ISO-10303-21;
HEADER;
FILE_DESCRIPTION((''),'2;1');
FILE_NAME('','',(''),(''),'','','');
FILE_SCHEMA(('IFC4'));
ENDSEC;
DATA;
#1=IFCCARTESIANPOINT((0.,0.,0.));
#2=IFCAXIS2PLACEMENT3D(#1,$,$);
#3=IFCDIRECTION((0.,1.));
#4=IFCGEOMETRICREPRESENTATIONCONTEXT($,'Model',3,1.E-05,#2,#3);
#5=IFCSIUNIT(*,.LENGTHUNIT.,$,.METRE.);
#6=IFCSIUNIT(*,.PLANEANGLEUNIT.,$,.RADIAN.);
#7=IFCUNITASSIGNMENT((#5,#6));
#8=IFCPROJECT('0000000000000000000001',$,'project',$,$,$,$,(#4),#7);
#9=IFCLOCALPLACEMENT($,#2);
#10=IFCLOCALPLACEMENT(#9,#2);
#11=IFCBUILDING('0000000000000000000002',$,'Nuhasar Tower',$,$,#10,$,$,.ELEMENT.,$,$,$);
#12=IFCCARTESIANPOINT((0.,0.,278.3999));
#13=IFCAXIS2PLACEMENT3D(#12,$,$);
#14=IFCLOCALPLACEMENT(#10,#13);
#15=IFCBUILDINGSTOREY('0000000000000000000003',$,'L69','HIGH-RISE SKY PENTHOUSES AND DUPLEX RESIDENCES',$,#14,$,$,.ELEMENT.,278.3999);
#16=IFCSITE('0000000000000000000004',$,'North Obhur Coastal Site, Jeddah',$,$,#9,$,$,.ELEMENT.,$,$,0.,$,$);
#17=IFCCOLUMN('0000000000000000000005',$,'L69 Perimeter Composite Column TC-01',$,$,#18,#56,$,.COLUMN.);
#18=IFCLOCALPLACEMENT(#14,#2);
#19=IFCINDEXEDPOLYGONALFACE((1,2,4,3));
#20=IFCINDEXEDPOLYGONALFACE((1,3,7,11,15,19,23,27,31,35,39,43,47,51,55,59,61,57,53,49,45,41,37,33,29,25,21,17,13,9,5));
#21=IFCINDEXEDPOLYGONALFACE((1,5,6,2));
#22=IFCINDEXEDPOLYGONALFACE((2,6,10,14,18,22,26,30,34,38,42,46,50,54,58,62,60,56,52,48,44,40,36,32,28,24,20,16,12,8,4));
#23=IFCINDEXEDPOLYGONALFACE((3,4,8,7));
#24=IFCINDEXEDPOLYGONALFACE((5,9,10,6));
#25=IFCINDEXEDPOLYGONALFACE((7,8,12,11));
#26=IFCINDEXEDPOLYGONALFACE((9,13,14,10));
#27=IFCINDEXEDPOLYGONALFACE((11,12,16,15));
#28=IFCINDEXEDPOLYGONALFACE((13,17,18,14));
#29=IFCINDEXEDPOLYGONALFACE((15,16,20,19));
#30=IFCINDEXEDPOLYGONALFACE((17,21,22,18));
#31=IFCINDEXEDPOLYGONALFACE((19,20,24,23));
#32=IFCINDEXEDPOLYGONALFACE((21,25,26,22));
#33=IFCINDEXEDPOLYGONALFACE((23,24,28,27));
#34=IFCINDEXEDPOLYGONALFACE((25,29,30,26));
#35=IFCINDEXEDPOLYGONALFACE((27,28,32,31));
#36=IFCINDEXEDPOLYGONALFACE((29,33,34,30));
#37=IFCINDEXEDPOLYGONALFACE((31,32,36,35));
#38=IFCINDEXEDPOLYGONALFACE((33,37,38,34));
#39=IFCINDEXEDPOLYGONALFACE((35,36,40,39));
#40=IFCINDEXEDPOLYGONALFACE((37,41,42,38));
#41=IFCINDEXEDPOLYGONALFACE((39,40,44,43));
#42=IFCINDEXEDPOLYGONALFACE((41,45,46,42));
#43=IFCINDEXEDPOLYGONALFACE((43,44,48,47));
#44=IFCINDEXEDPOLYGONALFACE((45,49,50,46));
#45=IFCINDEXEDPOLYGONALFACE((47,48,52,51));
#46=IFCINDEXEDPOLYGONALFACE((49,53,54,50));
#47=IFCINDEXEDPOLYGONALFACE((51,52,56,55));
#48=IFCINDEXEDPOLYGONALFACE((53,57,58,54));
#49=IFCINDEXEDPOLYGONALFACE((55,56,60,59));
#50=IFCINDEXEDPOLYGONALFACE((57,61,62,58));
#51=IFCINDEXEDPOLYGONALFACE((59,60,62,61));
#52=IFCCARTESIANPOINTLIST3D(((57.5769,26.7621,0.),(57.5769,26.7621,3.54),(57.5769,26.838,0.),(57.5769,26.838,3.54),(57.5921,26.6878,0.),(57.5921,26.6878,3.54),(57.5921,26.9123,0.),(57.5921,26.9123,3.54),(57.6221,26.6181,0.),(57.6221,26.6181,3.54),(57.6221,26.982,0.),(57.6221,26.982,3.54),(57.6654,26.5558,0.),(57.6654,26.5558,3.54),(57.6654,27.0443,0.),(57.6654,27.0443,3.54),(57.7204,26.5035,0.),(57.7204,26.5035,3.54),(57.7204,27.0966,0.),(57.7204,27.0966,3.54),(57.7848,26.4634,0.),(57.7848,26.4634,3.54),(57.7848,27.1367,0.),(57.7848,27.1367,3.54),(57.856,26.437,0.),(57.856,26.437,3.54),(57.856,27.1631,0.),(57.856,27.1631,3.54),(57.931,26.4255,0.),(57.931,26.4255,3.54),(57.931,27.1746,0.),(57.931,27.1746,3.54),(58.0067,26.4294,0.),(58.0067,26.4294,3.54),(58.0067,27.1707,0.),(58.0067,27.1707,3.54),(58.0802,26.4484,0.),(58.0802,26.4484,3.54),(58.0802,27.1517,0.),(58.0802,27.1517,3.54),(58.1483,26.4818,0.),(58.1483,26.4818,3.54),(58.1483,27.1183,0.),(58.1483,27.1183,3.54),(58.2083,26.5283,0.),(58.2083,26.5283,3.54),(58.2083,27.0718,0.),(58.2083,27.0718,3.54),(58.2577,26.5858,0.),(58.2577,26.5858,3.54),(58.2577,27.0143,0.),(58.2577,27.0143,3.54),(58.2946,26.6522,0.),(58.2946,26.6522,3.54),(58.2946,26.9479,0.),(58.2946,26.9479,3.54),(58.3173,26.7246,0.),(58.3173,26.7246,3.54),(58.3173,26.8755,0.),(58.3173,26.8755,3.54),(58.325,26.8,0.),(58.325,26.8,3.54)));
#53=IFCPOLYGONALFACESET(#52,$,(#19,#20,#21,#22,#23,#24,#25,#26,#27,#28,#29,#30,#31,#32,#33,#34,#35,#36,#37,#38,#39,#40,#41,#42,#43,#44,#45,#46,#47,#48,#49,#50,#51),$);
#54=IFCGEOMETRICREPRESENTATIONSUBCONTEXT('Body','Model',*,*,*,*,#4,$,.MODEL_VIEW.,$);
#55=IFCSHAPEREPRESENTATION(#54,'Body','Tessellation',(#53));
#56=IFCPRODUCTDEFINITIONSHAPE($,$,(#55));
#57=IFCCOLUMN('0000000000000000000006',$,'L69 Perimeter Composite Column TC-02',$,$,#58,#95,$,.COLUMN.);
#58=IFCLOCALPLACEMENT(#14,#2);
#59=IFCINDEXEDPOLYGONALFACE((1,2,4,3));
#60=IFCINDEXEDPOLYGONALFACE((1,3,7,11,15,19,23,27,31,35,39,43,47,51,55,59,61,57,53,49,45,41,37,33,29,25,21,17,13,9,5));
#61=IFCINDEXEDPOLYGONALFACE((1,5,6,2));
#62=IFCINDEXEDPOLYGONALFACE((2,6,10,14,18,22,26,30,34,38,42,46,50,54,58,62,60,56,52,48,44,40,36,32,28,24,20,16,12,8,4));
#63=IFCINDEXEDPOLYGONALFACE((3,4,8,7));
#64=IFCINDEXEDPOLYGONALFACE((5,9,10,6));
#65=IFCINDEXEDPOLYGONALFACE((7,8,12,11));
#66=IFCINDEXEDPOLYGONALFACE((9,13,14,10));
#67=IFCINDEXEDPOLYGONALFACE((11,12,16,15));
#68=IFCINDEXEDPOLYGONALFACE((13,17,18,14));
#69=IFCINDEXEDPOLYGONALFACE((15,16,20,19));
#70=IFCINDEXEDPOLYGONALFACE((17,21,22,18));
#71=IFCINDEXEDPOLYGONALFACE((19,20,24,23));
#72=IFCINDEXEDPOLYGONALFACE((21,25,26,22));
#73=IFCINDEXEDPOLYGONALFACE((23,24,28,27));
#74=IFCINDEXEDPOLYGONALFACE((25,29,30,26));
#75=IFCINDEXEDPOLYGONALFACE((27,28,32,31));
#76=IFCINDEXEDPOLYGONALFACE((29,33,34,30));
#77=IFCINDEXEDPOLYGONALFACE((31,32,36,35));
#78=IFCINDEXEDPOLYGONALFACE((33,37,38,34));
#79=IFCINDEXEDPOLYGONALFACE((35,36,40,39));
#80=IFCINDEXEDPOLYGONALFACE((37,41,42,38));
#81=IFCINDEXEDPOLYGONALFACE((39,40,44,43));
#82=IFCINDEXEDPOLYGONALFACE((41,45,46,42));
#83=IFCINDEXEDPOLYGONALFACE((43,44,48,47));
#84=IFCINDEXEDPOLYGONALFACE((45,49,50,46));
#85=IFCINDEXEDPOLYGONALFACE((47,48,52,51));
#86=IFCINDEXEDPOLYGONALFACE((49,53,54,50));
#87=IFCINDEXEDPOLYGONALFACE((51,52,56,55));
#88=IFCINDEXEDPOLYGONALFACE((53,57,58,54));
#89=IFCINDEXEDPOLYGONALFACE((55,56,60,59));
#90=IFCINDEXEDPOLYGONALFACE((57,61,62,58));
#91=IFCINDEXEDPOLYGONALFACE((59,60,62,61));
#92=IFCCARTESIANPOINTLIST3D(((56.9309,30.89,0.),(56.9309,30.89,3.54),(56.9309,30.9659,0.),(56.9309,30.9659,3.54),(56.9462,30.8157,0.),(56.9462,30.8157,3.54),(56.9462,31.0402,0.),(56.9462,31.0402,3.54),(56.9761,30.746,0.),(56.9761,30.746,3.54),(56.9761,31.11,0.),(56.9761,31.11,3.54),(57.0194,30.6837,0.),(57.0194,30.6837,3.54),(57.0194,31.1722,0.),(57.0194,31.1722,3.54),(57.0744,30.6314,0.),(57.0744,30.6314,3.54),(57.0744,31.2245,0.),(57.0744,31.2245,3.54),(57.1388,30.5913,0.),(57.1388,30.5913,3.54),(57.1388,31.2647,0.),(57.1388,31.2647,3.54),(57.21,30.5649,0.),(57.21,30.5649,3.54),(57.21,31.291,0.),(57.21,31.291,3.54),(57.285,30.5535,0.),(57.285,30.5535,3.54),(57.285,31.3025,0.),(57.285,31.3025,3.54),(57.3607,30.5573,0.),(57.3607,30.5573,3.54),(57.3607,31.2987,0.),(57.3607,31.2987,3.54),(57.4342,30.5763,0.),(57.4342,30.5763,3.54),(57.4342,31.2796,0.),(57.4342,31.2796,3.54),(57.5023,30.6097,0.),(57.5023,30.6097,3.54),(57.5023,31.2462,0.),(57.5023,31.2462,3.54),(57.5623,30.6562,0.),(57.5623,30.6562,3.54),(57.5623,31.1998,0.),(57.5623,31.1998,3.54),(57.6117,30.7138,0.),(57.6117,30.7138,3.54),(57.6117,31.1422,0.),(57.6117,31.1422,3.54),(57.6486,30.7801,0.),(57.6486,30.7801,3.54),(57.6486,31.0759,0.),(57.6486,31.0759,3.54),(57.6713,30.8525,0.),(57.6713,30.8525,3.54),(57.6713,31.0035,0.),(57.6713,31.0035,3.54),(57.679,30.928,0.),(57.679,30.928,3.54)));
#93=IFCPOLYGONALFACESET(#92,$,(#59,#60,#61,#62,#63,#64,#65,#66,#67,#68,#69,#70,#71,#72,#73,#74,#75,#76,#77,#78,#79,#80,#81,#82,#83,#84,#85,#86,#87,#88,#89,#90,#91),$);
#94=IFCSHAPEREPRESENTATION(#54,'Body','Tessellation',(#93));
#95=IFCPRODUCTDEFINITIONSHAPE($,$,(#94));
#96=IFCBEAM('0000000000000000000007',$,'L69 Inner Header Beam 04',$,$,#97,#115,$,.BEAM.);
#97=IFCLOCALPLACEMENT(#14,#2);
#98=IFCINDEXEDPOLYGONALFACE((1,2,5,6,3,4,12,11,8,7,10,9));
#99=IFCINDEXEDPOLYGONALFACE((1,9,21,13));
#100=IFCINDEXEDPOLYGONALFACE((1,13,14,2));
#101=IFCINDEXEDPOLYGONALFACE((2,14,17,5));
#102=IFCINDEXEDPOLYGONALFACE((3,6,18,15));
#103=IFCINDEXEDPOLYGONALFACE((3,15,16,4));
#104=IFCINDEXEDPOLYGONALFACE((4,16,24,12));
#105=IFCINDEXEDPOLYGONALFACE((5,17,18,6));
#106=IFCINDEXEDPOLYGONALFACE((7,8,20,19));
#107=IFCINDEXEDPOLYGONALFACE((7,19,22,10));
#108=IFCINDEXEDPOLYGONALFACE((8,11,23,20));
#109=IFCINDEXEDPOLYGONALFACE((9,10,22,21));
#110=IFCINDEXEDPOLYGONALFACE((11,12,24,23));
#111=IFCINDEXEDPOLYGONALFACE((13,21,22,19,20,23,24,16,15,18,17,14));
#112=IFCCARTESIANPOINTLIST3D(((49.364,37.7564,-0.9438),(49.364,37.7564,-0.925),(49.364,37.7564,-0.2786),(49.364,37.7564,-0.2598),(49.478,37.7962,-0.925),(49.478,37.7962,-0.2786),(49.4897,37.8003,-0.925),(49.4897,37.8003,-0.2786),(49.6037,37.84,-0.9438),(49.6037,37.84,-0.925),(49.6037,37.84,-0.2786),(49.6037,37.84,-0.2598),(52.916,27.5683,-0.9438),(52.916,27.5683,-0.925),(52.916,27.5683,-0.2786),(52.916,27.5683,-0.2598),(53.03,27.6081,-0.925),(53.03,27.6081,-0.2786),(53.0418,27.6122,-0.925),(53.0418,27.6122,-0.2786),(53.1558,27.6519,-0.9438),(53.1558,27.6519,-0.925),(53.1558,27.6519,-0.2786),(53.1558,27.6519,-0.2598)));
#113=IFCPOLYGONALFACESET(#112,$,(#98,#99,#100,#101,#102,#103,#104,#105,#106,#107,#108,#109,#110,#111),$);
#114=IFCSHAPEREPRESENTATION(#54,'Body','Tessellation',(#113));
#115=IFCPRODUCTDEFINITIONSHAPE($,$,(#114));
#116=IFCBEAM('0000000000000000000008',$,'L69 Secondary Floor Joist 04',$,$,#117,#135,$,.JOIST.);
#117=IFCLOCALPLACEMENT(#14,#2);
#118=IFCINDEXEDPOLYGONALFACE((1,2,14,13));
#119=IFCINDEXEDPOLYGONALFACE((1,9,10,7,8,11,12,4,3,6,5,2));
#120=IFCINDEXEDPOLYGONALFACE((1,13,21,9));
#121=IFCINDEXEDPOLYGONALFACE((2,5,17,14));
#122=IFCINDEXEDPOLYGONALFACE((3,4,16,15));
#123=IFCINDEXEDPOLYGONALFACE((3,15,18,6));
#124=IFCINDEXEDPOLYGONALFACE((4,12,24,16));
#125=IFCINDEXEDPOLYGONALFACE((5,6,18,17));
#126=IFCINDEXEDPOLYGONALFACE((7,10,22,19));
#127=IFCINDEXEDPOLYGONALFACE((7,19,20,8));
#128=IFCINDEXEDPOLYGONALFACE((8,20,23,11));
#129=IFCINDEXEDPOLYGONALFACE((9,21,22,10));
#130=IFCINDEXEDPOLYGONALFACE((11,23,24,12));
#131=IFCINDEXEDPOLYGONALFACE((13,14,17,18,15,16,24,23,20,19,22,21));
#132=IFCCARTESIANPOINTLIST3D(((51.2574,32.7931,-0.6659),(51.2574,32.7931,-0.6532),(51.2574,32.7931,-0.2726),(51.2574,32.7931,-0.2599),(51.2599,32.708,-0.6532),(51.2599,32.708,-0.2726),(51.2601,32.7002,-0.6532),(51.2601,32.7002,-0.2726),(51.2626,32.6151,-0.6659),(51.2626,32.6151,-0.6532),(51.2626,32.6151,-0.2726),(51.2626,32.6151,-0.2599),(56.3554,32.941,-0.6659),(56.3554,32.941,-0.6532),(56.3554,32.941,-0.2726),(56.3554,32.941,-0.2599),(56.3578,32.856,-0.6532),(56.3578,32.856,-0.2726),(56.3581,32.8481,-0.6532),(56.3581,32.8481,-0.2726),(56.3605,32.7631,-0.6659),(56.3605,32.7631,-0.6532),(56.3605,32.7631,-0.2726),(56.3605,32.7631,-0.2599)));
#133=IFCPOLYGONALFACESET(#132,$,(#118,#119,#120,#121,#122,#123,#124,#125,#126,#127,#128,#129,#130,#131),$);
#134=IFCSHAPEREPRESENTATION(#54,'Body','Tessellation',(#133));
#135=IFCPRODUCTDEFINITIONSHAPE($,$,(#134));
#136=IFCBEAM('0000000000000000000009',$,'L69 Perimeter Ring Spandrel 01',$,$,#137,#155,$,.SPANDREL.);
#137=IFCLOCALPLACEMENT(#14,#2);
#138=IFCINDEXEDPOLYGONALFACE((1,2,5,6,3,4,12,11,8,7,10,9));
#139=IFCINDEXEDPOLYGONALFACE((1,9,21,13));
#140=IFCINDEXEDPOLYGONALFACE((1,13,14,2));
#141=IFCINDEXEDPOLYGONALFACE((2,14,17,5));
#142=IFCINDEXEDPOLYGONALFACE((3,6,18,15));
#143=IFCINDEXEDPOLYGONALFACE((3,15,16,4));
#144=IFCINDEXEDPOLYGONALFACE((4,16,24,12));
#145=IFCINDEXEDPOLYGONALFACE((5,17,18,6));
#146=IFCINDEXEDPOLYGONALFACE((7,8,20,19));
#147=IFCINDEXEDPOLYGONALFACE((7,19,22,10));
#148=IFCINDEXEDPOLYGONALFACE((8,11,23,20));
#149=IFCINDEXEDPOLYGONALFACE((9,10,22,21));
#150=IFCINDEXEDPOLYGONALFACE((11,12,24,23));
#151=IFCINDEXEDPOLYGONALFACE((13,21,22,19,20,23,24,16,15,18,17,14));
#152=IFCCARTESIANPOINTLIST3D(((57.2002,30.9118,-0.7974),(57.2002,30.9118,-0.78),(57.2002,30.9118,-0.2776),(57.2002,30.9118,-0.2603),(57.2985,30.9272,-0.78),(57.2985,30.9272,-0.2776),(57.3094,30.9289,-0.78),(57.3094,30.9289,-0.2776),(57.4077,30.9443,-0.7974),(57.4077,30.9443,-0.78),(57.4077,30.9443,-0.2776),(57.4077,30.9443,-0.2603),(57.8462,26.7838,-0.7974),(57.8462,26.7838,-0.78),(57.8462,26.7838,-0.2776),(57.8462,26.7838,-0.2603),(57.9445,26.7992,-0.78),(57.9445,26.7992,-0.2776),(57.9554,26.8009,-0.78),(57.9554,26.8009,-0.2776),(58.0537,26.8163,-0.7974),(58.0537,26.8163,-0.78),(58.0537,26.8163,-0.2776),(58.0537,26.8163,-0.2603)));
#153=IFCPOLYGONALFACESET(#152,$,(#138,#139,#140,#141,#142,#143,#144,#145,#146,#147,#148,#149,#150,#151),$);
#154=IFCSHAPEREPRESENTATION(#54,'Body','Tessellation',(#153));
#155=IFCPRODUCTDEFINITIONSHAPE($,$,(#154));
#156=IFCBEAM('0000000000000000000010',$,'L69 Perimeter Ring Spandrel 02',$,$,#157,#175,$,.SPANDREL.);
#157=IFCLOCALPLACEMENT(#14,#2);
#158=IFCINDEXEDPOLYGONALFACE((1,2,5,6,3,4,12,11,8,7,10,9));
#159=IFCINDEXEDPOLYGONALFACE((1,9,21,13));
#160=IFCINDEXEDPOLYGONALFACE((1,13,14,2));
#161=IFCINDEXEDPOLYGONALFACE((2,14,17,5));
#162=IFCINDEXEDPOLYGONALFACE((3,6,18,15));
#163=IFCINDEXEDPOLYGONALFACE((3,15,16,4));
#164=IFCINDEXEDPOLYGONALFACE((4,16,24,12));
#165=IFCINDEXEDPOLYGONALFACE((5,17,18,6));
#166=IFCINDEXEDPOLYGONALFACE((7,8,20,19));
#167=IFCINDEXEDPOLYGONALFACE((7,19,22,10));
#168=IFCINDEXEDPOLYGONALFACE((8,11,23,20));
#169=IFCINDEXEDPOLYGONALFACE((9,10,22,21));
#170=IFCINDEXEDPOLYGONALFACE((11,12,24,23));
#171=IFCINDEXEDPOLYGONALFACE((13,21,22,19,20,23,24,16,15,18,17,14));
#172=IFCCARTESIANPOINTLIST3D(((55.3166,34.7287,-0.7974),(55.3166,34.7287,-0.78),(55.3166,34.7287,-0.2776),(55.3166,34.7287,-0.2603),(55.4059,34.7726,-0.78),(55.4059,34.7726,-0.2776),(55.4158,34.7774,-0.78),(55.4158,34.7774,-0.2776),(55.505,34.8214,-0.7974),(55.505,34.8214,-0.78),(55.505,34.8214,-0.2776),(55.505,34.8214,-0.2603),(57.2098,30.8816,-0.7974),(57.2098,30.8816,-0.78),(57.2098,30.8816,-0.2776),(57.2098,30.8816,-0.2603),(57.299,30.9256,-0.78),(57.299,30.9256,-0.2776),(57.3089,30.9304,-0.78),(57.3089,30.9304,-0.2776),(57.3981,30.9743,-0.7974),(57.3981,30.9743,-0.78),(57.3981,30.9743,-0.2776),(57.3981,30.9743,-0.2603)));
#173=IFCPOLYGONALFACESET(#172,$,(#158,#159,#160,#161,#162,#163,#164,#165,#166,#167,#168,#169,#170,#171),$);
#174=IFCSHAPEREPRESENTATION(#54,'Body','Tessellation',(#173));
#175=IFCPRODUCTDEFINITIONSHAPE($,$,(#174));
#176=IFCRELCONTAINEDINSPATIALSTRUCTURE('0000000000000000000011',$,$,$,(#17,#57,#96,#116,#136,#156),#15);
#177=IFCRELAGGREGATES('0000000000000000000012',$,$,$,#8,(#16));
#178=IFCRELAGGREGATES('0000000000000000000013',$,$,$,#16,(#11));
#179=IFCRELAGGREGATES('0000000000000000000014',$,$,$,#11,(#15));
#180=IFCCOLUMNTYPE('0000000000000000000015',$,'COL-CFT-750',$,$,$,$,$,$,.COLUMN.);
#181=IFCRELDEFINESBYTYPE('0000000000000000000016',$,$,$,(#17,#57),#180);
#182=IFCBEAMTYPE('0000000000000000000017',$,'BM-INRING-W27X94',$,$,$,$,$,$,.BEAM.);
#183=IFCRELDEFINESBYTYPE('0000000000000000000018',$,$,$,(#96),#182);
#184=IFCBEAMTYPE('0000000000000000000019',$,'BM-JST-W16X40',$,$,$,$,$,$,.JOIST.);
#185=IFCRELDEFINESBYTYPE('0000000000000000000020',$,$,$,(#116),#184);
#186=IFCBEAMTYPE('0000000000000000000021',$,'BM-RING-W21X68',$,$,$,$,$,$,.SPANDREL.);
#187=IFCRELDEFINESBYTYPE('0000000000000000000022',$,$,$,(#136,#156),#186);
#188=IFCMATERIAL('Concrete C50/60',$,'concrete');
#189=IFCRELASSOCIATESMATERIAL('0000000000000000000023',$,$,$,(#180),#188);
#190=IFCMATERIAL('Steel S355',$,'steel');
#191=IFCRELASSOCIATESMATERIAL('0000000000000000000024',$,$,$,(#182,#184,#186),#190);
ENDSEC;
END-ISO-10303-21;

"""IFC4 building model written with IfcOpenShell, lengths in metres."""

from ifc_helpers import new_model, si_unit, direction, frame, origin, origin_2d, place, context, subcontext, project, spatial, circle, i_section, extrude, material, material_profile, profile_set, type_object, element, save


model = new_model("IFC4")

# Units and contexts
model_context = context("Model", 3, precision=1e-05, world=origin(), true_north=direction((0.0, 1.0)))
body_context = subcontext(model_context, "Body", "Model", "MODEL_VIEW")
ifc_project = project(units=[si_unit("LENGTHUNIT", "METRE"), si_unit("PLANEANGLEUNIT", "RADIAN")], contexts=[model_context])

# Site, building, storey
site_placement = place(None, origin())
site = spatial("IfcSite", under=ifc_project, at=site_placement, Name="North Obhur Coastal Site, Jeddah", CompositionType="ELEMENT", RefElevation=0.0)
building_placement = place(site_placement, origin())
building = spatial("IfcBuilding", under=site, at=building_placement, Name="Nuhasar Tower", CompositionType="ELEMENT")
storey_placement = place(building_placement, frame((0.0, 0.0, 278.3999)))
storey = spatial("IfcBuildingStorey", under=building, at=storey_placement, Name="L69", Description="HIGH-RISE SKY PENTHOUSES AND DUPLEX RESIDENCES", CompositionType="ELEMENT", Elevation=278.3999)

# Columns
ifc_material_1 = material(Name="Concrete C50/60", Category="concrete")
ifc_material_profile_1 = material_profile(ifc_material_1, circle(Radius=0.375, at=origin_2d()), Name="CFT750")
ifc_profile_set_1 = profile_set([ifc_material_profile_1], Name="Concrete C50/60")
column_type = type_object("IfcColumnType", Name="COL-CFT-750", PredefinedType="COLUMN", material=ifc_profile_set_1)
for number, where, z_axis, x_axis, name in (
    (1, (57.95, 26.8, 0.0), (0.0, 0.0, 1.0), (1.0, 0.0, 0.0), "L69 Perimeter Composite Column TC-01"),
    (2, (57.304, 30.928, 0.0), (0.0, 0.0, 1.0), (1.0, 0.0, 0.0), "L69 Perimeter Composite Column TC-02"),
):
    element("IfcColumn", number, at=place(storey_placement, frame(where, z_axis=z_axis, x_axis=x_axis)), inside=storey, type_object=column_type, Name=name, PredefinedType="COLUMN", context=body_context, shape_type="SweptSolid", body=[
        extrude(circle(Radius=0.375, at=origin_2d()), origin(), (0.0, 0.0, 1.0), 3.54),
    ])

# Beams
ifc_material_2 = material(Name="Steel S355", Category="steel")
ifc_material_profile_2 = material_profile(ifc_material_2, i_section(OverallWidth=0.2539, OverallDepth=0.6841, WebThickness=0.0125, FlangeThickness=0.0188, at=origin_2d()), Name="W27X94")
ifc_profile_set_2 = profile_set([ifc_material_profile_2], Name="Steel S355")
beam_type_1 = type_object("IfcBeamType", Name="BM-INRING-W27X94", PredefinedType="BEAM", material=ifc_profile_set_2)
beam_1_placement = place(storey_placement, frame((53.0359, 27.6101, -0.6018), z_axis=(-0.329211, 0.944256, 0.0), x_axis=(-0.944256, -0.329211, 0.0)))
element("IfcBeam", 3, at=beam_1_placement, inside=storey, type_object=beam_type_1, Name="L69 Inner Header Beam 04", PredefinedType="BEAM", context=body_context, shape_type="SweptSolid", body=[
    extrude(i_section(OverallWidth=0.2539, OverallDepth=0.6841, WebThickness=0.0125, FlangeThickness=0.0188, at=origin_2d()), origin(), (0.0, 0.0, 1.0), 10.7896),
])
ifc_material_profile_3 = material_profile(ifc_material_2, i_section(OverallWidth=0.178, OverallDepth=0.406, WebThickness=0.0078, FlangeThickness=0.0127, at=origin_2d()), Name="W16X40")
ifc_profile_set_3 = profile_set([ifc_material_profile_3], Name="Steel S355")
beam_type_2 = type_object("IfcBeamType", Name="BM-JST-W16X40", PredefinedType="JOIST", material=ifc_profile_set_3)
beam_2_placement = place(storey_placement, frame((51.26, 32.7041, -0.4629), z_axis=(0.999579, 0.029009, 0.0), x_axis=(-0.029009, 0.999579, 0.0)))
element("IfcBeam", 4, at=beam_2_placement, inside=storey, type_object=beam_type_2, Name="L69 Secondary Floor Joist 04", PredefinedType="JOIST", context=body_context, shape_type="SweptSolid", body=[
    extrude(i_section(OverallWidth=0.178, OverallDepth=0.406, WebThickness=0.0078, FlangeThickness=0.0127, at=origin_2d()), origin(), (0.0, 0.0, 1.0), 5.1001),
])
ifc_material_profile_4 = material_profile(ifc_material_2, i_section(OverallWidth=0.21, OverallDepth=0.5371, WebThickness=0.011, FlangeThickness=0.0173, at=origin_2d()), Name="W21X68")
ifc_profile_set_4 = profile_set([ifc_material_profile_4], Name="Steel S355")
beam_type_3 = type_object("IfcBeamType", Name="BM-RING-W21X68", PredefinedType="SPANDREL", material=ifc_profile_set_4)
beam_3_placement = place(storey_placement, frame((57.95, 26.8, -0.5288), z_axis=(-0.154612, 0.987975, 0.0), x_axis=(-0.987975, -0.154612, 0.0)))
element("IfcBeam", 5, at=beam_3_placement, inside=storey, type_object=beam_type_3, Name="L69 Perimeter Ring Spandrel 01", PredefinedType="SPANDREL", context=body_context, shape_type="SweptSolid", body=[
    extrude(i_section(OverallWidth=0.21, OverallDepth=0.5371, WebThickness=0.011, FlangeThickness=0.0173, at=origin_2d()), origin(), (0.0, 0.0, 1.0), 4.1782),
])
beam_4_placement = place(storey_placement, frame((57.304, 30.928, -0.5288), z_axis=(-0.441533, 0.897245, 0.0), x_axis=(-0.897245, -0.441533, 0.0)))
element("IfcBeam", 6, at=beam_4_placement, inside=storey, type_object=beam_type_3, Name="L69 Perimeter Ring Spandrel 02", PredefinedType="SPANDREL", context=body_context, shape_type="SweptSolid", body=[
    extrude(i_section(OverallWidth=0.21, OverallDepth=0.5371, WebThickness=0.011, FlangeThickness=0.0173, at=origin_2d()), origin(), (0.0, 0.0, 1.0), 4.2876),
])

save(model, "model.ifc")
